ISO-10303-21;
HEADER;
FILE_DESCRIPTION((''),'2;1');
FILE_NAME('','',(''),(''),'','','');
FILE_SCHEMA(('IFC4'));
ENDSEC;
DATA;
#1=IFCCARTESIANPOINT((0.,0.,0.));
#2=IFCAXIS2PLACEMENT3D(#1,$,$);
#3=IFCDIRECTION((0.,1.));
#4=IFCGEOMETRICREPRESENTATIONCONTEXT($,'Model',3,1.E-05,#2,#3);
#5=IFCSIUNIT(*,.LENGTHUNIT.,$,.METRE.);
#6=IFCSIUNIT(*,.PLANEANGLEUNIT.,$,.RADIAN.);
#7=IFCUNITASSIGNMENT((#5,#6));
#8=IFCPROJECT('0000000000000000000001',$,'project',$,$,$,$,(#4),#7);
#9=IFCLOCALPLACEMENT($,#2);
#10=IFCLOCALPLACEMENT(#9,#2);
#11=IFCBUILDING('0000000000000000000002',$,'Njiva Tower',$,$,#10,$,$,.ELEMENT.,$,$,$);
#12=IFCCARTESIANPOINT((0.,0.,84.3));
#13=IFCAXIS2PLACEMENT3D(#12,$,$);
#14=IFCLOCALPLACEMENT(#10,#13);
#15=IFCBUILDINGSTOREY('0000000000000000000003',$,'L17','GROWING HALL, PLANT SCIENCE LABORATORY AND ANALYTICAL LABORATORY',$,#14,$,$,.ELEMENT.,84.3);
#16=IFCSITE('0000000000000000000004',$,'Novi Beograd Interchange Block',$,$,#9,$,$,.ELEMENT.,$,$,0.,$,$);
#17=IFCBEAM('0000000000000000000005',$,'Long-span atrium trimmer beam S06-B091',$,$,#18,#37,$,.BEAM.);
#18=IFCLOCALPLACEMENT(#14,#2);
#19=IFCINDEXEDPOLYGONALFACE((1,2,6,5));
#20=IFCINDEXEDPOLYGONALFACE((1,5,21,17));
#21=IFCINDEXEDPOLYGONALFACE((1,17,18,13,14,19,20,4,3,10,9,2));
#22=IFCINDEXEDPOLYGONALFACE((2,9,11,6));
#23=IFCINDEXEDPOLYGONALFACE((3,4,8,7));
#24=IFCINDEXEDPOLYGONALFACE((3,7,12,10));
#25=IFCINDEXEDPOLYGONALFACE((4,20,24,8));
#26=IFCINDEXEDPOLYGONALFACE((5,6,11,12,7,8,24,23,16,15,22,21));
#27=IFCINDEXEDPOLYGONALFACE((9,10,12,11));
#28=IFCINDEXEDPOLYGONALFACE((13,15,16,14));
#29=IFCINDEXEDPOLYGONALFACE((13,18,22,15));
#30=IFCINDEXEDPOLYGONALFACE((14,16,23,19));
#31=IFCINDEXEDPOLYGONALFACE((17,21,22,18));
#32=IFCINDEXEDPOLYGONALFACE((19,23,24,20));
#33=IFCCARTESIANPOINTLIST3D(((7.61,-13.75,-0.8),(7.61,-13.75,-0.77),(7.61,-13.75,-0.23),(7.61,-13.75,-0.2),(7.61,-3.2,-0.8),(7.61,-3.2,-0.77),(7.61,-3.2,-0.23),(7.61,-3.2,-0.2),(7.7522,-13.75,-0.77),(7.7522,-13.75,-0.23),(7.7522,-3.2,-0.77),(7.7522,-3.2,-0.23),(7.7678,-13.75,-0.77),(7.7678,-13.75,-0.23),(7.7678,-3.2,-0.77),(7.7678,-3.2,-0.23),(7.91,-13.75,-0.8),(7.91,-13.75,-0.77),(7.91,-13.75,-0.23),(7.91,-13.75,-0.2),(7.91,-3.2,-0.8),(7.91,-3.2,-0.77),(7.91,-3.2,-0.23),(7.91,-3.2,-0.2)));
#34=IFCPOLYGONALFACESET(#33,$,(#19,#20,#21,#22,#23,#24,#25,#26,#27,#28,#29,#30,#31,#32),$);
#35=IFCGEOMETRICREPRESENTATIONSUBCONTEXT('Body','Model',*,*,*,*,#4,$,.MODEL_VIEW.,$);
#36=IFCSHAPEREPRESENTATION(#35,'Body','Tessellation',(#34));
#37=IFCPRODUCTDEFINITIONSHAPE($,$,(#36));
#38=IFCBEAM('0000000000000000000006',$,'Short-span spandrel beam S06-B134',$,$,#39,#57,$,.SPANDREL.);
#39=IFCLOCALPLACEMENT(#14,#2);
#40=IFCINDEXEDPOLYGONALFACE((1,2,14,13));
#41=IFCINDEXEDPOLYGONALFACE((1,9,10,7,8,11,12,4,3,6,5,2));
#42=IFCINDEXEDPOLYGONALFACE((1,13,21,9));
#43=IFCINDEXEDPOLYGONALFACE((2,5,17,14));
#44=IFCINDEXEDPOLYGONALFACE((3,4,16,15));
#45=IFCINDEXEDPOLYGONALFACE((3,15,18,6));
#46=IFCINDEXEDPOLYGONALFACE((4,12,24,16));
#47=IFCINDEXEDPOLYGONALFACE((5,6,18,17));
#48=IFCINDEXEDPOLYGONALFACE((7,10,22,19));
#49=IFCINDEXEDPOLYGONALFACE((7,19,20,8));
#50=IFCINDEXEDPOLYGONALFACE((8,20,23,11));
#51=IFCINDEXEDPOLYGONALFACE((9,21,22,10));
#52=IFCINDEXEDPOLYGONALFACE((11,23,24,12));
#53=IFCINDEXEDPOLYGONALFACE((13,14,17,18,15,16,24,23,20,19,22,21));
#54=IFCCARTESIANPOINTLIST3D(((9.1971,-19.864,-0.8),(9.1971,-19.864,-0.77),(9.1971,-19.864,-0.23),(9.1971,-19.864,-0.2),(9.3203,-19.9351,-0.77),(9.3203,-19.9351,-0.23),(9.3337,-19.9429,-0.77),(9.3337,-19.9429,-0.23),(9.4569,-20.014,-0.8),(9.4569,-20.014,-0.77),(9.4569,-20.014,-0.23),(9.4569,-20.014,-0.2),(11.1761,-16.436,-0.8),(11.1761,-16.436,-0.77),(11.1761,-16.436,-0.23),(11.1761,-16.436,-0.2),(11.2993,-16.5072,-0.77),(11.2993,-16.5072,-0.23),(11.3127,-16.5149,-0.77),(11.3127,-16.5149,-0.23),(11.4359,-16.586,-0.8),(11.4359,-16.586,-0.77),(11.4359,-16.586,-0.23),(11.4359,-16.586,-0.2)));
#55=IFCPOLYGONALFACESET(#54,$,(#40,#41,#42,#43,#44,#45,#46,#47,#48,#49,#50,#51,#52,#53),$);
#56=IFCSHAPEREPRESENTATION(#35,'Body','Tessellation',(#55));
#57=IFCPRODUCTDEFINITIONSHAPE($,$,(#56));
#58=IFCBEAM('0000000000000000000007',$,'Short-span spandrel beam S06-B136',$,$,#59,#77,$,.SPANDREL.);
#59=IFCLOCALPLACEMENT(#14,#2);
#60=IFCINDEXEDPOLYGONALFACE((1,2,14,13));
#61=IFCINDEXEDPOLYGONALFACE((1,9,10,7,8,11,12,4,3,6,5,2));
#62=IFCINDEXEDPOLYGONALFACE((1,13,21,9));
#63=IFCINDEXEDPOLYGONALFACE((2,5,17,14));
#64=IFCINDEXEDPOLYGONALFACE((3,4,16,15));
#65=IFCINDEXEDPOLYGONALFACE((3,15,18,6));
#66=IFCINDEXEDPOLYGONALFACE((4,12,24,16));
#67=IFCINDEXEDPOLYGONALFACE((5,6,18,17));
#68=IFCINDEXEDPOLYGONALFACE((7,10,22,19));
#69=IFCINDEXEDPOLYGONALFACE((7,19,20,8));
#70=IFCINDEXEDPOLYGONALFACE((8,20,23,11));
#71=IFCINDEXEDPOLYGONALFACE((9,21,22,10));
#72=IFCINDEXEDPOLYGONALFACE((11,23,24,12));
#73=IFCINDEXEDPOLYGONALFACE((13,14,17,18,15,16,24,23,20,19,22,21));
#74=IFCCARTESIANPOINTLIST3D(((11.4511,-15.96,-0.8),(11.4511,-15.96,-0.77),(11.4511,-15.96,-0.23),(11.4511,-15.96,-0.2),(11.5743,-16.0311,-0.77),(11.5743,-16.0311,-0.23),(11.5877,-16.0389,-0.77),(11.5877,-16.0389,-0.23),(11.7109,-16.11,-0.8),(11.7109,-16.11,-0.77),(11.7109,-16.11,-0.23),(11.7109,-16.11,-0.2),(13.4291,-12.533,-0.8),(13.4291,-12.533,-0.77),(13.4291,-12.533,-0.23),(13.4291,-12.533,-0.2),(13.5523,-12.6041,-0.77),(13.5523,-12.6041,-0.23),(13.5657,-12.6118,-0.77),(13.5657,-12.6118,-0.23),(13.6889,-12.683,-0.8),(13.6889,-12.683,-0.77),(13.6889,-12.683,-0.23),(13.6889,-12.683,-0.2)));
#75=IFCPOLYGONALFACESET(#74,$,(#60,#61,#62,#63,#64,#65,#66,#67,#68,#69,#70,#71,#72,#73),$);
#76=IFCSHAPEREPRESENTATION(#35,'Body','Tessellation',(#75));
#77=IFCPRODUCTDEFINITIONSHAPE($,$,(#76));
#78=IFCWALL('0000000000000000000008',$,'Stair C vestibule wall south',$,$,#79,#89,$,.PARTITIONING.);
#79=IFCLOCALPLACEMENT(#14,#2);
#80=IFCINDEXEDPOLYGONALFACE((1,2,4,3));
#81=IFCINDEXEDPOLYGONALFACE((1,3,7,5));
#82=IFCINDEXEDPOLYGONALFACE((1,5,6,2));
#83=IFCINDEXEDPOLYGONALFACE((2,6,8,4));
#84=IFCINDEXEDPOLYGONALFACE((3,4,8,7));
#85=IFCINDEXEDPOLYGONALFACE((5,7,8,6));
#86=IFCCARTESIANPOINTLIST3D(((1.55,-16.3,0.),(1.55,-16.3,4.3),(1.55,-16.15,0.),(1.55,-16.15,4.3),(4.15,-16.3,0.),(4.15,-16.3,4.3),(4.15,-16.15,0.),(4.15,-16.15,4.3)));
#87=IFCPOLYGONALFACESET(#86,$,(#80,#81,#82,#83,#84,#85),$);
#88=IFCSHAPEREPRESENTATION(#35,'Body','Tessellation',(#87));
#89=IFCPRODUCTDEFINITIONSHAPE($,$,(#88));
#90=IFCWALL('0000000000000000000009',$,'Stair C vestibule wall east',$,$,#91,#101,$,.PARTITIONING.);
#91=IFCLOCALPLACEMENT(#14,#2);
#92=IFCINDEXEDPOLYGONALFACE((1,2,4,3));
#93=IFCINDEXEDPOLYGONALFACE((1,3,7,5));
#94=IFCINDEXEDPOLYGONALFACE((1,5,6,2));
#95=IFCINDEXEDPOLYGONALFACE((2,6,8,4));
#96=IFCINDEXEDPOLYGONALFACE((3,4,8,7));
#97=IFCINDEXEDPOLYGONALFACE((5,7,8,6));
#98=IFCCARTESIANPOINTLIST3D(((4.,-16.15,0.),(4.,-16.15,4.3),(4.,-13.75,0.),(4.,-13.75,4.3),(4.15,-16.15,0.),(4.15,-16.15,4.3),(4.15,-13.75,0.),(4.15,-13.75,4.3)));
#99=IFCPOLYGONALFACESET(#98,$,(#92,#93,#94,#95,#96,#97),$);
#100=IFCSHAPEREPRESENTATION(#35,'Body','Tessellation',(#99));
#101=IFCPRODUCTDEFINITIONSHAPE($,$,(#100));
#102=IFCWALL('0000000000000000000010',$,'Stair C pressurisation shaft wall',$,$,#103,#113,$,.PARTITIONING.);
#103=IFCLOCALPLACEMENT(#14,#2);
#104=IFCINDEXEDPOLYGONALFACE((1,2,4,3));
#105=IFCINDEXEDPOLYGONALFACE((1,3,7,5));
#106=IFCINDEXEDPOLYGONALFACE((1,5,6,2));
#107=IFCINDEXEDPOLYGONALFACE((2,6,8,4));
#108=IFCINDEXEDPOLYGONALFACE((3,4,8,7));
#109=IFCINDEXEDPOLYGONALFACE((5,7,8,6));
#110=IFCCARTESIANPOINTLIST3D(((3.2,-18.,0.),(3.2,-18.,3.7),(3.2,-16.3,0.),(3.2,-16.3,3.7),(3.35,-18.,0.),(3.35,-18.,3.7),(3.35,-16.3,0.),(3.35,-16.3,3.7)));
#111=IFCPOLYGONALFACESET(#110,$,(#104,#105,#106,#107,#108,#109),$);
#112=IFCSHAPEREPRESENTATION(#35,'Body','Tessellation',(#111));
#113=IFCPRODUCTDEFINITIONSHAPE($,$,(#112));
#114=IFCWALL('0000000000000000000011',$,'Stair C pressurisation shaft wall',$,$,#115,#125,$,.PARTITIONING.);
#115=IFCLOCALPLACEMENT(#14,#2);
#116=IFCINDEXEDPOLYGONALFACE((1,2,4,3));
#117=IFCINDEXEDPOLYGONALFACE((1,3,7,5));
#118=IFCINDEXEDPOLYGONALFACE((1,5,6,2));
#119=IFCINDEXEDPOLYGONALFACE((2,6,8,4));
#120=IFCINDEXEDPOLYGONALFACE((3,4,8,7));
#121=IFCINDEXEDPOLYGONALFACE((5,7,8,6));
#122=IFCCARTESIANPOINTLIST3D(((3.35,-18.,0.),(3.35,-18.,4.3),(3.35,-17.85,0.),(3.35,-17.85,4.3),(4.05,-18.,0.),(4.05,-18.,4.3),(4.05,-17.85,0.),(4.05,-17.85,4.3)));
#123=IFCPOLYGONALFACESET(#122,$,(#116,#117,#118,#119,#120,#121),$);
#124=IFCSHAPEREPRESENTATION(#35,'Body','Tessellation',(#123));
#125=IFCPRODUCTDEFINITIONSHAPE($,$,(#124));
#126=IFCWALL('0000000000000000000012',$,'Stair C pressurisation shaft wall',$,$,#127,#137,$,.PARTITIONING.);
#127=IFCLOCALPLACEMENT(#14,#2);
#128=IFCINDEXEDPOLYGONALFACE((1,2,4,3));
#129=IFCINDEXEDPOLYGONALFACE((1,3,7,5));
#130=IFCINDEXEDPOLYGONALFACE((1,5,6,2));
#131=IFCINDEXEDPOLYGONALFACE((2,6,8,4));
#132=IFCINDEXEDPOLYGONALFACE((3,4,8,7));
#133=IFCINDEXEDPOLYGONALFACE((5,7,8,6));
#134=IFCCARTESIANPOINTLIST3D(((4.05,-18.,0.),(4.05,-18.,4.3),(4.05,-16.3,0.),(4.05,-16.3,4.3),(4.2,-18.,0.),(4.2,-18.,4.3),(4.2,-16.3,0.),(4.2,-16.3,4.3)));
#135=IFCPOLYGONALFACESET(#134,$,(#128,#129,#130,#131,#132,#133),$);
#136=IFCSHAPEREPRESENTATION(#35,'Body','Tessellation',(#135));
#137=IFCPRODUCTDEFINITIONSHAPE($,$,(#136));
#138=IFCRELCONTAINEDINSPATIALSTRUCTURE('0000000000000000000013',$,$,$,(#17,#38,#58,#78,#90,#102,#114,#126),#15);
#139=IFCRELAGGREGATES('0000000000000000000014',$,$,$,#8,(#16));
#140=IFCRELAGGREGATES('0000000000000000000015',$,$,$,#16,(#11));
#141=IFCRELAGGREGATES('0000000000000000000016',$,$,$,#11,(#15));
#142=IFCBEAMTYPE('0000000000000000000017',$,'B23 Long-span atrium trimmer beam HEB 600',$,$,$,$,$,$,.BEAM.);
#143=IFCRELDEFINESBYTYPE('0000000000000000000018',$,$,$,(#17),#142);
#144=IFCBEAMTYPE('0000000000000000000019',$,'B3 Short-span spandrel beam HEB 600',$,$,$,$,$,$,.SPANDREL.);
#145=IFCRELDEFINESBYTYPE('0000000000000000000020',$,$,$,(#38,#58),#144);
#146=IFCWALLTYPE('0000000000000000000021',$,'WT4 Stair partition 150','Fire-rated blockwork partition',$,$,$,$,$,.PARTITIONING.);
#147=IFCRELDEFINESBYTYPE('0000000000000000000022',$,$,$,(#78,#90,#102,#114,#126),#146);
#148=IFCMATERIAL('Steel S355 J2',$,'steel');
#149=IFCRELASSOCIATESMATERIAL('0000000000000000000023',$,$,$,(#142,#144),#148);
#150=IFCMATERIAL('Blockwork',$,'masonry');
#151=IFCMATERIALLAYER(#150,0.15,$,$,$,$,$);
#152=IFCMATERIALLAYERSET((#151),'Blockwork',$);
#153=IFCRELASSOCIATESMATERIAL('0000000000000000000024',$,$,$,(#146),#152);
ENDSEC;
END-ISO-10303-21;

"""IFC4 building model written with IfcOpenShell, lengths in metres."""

from ifc_helpers import new_model, si_unit, direction, frame, frame_2d, origin, origin_2d, place, context, subcontext, project, spatial, rectangle, i_section, extrude, material, layer, layer_set, material_profile, profile_set, type_object, element, save


model = new_model("IFC4")

# Units and contexts
model_context = context("Model", 3, precision=1e-05, world=origin(), true_north=direction((0.0, 1.0)))
body_context = subcontext(model_context, "Body", "Model", "MODEL_VIEW")
ifc_project = project(units=[si_unit("LENGTHUNIT", "METRE"), si_unit("PLANEANGLEUNIT", "RADIAN")], contexts=[model_context])

# Site, building, storey
site_placement = place(None, origin())
site = spatial("IfcSite", under=ifc_project, at=site_placement, Name="Novi Beograd Interchange Block", CompositionType="ELEMENT", RefElevation=0.0)
building_placement = place(site_placement, origin())
building = spatial("IfcBuilding", under=site, at=building_placement, Name="Njiva Tower", CompositionType="ELEMENT")
storey_placement = place(building_placement, frame((0.0, 0.0, 84.3)))
storey = spatial("IfcBuildingStorey", under=building, at=storey_placement, Name="L17", Description="GROWING HALL, PLANT SCIENCE LABORATORY AND ANALYTICAL LABORATORY", CompositionType="ELEMENT", Elevation=84.3)

# Shared definitions
ifc_material_1 = material(Name="Steel S355 J2", Category="steel")

# Beams
ifc_material_profile_1 = material_profile(ifc_material_1, i_section(OverallWidth=0.3, OverallDepth=0.6, WebThickness=0.0155, FlangeThickness=0.03, at=origin_2d()), Name="HEB 600")
ifc_profile_set_1 = profile_set([ifc_material_profile_1], Name="Steel S355 J2")
beam_type_1 = type_object("IfcBeamType", Name="B23 Long-span atrium trimmer beam HEB 600", PredefinedType="BEAM", material=ifc_profile_set_1)
beam_1_placement = place(storey_placement, frame((7.76, -13.75, -0.5), z_axis=(0.0, 1.0, 0.0), x_axis=(-1.0, 0.0, 0.0)))
element("IfcBeam", 1, at=beam_1_placement, inside=storey, type_object=beam_type_1, Name="Long-span atrium trimmer beam S06-B091", PredefinedType="BEAM", context=body_context, shape_type="SweptSolid", body=[
    extrude(i_section(OverallWidth=0.3, OverallDepth=0.6, WebThickness=0.0155, FlangeThickness=0.03, at=origin_2d()), origin(), (0.0, 0.0, 1.0), 10.55),
])
ifc_material_profile_2 = material_profile(ifc_material_1, i_section(OverallWidth=0.3, OverallDepth=0.6, WebThickness=0.0155, FlangeThickness=0.03, at=origin_2d()), Name="HEB 600")
ifc_profile_set_2 = profile_set([ifc_material_profile_2], Name="Steel S355 J2")
beam_type_2 = type_object("IfcBeamType", Name="B3 Short-span spandrel beam HEB 600", PredefinedType="SPANDREL", material=ifc_profile_set_2)
beam_2_placement = place(storey_placement, frame((9.327, -19.939, -0.5), z_axis=(0.49997, 0.866043, 0.0), x_axis=(-0.866043, 0.49997, 0.0)))
element("IfcBeam", 2, at=beam_2_placement, inside=storey, type_object=beam_type_2, Name="Short-span spandrel beam S06-B134", PredefinedType="SPANDREL", context=body_context, shape_type="SweptSolid", body=[
    extrude(i_section(OverallWidth=0.3, OverallDepth=0.6, WebThickness=0.0155, FlangeThickness=0.03, at=origin_2d()), origin(), (0.0, 0.0, 1.0), 3.9582),
])
beam_3_placement = place(storey_placement, frame((11.581, -16.035, -0.5), z_axis=(0.49989, 0.866089, 0.0), x_axis=(-0.866089, 0.49989, 0.0)))
element("IfcBeam", 3, at=beam_3_placement, inside=storey, type_object=beam_type_2, Name="Short-span spandrel beam S06-B136", PredefinedType="SPANDREL", context=body_context, shape_type="SweptSolid", body=[
    extrude(i_section(OverallWidth=0.3, OverallDepth=0.6, WebThickness=0.0155, FlangeThickness=0.03, at=origin_2d()), origin(), (0.0, 0.0, 1.0), 3.9569),
])

# Walls
ifc_material_2 = material(Name="Blockwork", Category="masonry")
ifc_layer = layer(ifc_material_2, 0.15)
ifc_layer_set = layer_set([ifc_layer], Name="Blockwork")
wall_type = type_object("IfcWallType", Name="WT4 Stair partition 150", Description="Fire-rated blockwork partition", PredefinedType="PARTITIONING", material=ifc_layer_set)
wall_1_placement = place(storey_placement, frame((1.55, -16.225, 0.0), z_axis=(0.0, 0.0, 1.0), x_axis=(1.0, 0.0, 0.0)))
element("IfcWall", 4, at=wall_1_placement, inside=storey, type_object=wall_type, Name="Stair C vestibule wall south", PredefinedType="PARTITIONING", context=body_context, shape_type="SweptSolid", body=[
    extrude(rectangle(XDim=2.6, YDim=0.15, at=frame_2d((1.3, 0.0))), origin(), (0.0, 0.0, 1.0), 4.3),
])
wall_2_placement = place(storey_placement, frame((4.075, -16.15, 0.0), z_axis=(0.0, 0.0, 1.0), x_axis=(0.0, 1.0, 0.0)))
element("IfcWall", 5, at=wall_2_placement, inside=storey, type_object=wall_type, Name="Stair C vestibule wall east", PredefinedType="PARTITIONING", context=body_context, shape_type="SweptSolid", body=[
    extrude(rectangle(XDim=2.4, YDim=0.15, at=frame_2d((1.2, 0.0))), origin(), (0.0, 0.0, 1.0), 4.3),
])
wall_3_placement = place(storey_placement, frame((3.275, -18.0, 0.0), z_axis=(0.0, 0.0, 1.0), x_axis=(0.0, 1.0, 0.0)))
element("IfcWall", 6, at=wall_3_placement, inside=storey, type_object=wall_type, Name="Stair C pressurisation shaft wall", PredefinedType="PARTITIONING", context=body_context, shape_type="SweptSolid", body=[
    extrude(rectangle(XDim=1.7, YDim=0.15, at=frame_2d((0.85, 0.0))), origin(), (0.0, 0.0, 1.0), 3.7),
])
wall_4_placement = place(storey_placement, frame((3.35, -17.925, 0.0), z_axis=(0.0, 0.0, 1.0), x_axis=(1.0, 0.0, 0.0)))
element("IfcWall", 7, at=wall_4_placement, inside=storey, type_object=wall_type, Name="Stair C pressurisation shaft wall", PredefinedType="PARTITIONING", context=body_context, shape_type="SweptSolid", body=[
    extrude(rectangle(XDim=0.7, YDim=0.15, at=frame_2d((0.35, 0.0))), origin(), (0.0, 0.0, 1.0), 4.3),
])
wall_5_placement = place(storey_placement, frame((4.125, -18.0, 0.0), z_axis=(0.0, 0.0, 1.0), x_axis=(0.0, 1.0, 0.0)))
element("IfcWall", 8, at=wall_5_placement, inside=storey, type_object=wall_type, Name="Stair C pressurisation shaft wall", PredefinedType="PARTITIONING", context=body_context, shape_type="SweptSolid", body=[
    extrude(rectangle(XDim=1.7, YDim=0.15, at=frame_2d((0.85, 0.0))), origin(), (0.0, 0.0, 1.0), 4.3),
])

save(model, "model.ifc")
